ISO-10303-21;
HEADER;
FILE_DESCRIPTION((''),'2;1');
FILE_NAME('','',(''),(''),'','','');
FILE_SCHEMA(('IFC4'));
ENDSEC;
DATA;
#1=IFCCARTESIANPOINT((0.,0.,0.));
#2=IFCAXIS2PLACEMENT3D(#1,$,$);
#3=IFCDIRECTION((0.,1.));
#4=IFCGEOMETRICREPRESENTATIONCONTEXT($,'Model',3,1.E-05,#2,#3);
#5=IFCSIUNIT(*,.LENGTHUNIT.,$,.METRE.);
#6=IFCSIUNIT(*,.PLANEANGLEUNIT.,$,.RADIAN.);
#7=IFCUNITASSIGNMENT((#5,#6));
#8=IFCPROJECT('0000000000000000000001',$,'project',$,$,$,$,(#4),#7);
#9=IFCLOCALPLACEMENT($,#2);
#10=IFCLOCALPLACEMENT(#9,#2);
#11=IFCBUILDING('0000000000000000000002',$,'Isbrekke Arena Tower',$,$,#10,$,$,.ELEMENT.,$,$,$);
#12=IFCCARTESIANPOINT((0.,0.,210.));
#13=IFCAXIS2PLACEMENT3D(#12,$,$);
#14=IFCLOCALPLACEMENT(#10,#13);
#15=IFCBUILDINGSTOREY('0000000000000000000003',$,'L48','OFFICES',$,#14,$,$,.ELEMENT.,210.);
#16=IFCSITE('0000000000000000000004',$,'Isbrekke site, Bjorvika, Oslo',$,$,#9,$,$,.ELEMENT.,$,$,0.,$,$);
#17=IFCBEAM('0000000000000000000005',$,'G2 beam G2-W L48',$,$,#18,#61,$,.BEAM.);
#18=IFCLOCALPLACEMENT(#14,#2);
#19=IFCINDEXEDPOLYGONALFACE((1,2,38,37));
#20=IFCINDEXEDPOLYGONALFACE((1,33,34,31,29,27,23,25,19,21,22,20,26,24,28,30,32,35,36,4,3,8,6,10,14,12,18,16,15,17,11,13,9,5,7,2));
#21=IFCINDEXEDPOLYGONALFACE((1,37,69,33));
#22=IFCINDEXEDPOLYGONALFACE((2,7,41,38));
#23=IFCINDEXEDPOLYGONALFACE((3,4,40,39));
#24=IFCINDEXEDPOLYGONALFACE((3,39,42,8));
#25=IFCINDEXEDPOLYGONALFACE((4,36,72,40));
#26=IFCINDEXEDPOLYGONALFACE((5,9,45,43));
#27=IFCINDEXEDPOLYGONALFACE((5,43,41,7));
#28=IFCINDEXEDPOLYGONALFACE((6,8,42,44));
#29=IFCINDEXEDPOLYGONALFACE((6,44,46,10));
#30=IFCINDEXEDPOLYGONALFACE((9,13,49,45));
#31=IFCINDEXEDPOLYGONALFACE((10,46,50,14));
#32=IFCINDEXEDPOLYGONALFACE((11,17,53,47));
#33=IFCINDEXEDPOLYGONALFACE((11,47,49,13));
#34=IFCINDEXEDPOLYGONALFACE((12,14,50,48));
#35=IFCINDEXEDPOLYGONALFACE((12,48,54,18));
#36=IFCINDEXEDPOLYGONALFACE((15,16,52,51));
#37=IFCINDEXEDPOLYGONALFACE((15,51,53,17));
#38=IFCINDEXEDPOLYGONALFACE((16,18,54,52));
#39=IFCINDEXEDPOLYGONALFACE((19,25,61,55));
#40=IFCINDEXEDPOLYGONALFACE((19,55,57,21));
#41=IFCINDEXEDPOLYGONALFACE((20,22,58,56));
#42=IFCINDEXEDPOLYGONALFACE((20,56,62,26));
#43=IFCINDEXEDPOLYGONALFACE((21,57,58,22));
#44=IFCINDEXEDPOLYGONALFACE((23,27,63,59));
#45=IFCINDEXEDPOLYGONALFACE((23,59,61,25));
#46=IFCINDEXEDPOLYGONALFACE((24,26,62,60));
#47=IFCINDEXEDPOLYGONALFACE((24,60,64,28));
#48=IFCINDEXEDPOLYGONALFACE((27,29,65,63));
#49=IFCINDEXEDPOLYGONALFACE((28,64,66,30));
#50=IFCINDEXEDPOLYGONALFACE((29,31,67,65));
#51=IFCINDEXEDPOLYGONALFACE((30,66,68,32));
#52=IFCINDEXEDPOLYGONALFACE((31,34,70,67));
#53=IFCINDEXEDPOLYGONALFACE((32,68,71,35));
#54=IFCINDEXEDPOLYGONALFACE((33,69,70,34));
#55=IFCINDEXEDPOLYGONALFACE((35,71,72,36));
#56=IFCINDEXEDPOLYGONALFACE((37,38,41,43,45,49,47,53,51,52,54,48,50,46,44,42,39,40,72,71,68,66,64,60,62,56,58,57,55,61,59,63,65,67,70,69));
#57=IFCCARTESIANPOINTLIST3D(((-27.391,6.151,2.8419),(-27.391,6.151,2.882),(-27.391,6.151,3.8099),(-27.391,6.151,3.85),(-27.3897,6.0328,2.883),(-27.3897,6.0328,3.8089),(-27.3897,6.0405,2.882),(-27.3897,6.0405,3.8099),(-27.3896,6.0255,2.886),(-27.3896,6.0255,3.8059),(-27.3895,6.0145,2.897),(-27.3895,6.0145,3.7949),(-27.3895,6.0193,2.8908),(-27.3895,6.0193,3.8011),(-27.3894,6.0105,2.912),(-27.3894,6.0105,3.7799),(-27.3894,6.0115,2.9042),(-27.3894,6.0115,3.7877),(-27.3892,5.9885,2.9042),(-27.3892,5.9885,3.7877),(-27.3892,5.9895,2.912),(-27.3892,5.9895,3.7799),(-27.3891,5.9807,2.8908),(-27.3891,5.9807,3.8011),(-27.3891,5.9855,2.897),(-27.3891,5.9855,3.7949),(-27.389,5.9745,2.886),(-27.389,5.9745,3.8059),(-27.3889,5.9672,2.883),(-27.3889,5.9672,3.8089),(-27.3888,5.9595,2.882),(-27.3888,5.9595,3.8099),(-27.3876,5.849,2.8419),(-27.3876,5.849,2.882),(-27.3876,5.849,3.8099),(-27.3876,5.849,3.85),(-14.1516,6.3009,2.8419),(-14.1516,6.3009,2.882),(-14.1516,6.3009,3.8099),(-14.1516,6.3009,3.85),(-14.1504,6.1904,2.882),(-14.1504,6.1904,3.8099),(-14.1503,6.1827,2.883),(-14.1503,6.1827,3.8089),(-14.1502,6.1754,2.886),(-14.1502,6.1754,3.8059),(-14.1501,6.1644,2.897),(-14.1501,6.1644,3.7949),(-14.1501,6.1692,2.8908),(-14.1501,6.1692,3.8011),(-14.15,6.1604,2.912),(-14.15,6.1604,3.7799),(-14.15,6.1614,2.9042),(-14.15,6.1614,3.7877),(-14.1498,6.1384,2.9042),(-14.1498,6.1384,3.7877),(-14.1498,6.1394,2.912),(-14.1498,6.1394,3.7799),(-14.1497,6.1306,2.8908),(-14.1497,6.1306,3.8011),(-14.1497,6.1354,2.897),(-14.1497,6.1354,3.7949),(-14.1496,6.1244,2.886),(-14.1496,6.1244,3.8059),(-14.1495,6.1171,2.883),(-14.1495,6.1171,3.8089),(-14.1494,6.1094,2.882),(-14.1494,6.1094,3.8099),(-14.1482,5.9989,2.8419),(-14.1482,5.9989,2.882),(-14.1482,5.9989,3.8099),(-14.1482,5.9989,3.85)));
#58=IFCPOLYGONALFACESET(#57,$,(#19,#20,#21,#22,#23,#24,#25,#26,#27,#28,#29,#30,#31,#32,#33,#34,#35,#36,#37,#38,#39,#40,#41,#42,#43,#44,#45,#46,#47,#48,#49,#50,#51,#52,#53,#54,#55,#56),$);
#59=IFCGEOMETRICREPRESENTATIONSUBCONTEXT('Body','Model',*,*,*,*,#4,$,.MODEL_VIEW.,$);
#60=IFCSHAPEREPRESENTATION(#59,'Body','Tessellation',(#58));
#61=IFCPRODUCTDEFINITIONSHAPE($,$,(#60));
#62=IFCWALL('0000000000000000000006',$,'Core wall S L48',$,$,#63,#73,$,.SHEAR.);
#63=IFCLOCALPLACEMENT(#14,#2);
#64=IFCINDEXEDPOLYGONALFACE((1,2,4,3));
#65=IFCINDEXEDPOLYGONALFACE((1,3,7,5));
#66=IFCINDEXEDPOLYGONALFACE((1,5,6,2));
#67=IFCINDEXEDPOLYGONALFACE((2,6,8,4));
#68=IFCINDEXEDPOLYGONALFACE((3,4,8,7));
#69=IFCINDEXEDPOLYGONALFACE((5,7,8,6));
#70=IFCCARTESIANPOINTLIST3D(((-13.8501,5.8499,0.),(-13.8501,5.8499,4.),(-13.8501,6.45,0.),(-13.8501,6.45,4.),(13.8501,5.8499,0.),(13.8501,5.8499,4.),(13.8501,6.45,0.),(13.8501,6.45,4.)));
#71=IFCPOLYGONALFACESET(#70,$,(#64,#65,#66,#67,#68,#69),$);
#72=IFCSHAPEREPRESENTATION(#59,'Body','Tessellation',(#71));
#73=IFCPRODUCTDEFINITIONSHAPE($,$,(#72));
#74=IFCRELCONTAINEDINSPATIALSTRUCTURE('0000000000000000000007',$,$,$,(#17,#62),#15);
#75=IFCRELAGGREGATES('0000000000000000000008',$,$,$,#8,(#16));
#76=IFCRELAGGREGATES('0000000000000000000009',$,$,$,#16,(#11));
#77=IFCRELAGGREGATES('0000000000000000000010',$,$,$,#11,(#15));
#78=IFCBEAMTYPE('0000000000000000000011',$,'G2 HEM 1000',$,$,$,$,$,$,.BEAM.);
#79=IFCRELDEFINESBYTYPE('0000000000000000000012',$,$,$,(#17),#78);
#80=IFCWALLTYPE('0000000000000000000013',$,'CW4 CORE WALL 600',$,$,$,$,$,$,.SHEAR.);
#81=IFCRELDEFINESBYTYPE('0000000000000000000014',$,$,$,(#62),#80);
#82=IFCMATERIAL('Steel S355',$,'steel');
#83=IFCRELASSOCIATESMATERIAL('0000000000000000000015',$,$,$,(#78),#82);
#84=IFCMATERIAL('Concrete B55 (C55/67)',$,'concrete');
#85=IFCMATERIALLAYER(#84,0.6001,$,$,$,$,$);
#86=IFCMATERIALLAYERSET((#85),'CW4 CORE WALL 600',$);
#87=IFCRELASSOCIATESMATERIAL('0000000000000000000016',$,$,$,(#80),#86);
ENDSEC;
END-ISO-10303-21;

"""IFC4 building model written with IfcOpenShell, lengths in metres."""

from ifc_helpers import new_model, si_unit, direction, frame, frame_2d, origin, origin_2d, place, context, subcontext, project, spatial, rectangle, i_section, extrude, material, layer, layer_set, material_profile, profile_set, type_object, element, save


model = new_model("IFC4")

# Units and contexts
model_context = context("Model", 3, precision=1e-05, world=origin(), true_north=direction((0.0, 1.0)))
body_context = subcontext(model_context, "Body", "Model", "MODEL_VIEW")
ifc_project = project(units=[si_unit("LENGTHUNIT", "METRE"), si_unit("PLANEANGLEUNIT", "RADIAN")], contexts=[model_context])

# Site, building, storey
site_placement = place(None, origin())
site = spatial("IfcSite", under=ifc_project, at=site_placement, Name="Isbrekke site, Bjorvika, Oslo", CompositionType="ELEMENT", RefElevation=0.0)
building_placement = place(site_placement, origin())
building = spatial("IfcBuilding", under=site, at=building_placement, Name="Isbrekke Arena Tower", CompositionType="ELEMENT")
storey_placement = place(building_placement, frame((0.0, 0.0, 210.0)))
storey = spatial("IfcBuildingStorey", under=building, at=storey_placement, Name="L48", Description="OFFICES", CompositionType="ELEMENT", Elevation=210.0)

# Beam
ifc_material_1 = material(Name="Steel S355", Category="steel")
ifc_material_profile = material_profile(ifc_material_1, i_section(OverallWidth=0.302, OverallDepth=1.0081, WebThickness=0.021, FlangeThickness=0.04, FilletRadius=0.03, at=origin_2d()), Name="HEM 1000")
ifc_profile_set = profile_set([ifc_material_profile], Name="Steel S355")
beam_type = type_object("IfcBeamType", Name="G2 HEM 1000", PredefinedType="BEAM", material=ifc_profile_set)
beam_placement = place(storey_placement, frame((-14.1499, 6.1499, 3.3459), z_axis=(-0.999936, -0.011322, 0.0), x_axis=(0.011322, -0.999936, 0.0)))
element("IfcBeam", 1, at=beam_placement, inside=storey, type_object=beam_type, Name="G2 beam G2-W L48", PredefinedType="BEAM", context=body_context, shape_type="SweptSolid", body=[
    extrude(i_section(OverallWidth=0.302, OverallDepth=1.0081, WebThickness=0.021, FlangeThickness=0.04, FilletRadius=0.03, at=origin_2d()), origin(), (0.0, 0.0, 1.0), 13.2402),
])

# Wall
ifc_material_2 = material(Name="Concrete B55 (C55/67)", Category="concrete")
ifc_layer_1 = layer(ifc_material_2, 0.6001)
ifc_layer_set_1 = layer_set([ifc_layer_1], Name="CW4 CORE WALL 600")
wall_type_1 = type_object("IfcWallType", Name="CW4 CORE WALL 600", PredefinedType="SHEAR", material=ifc_layer_set_1)
wall_1_placement = place(storey_placement, frame((-13.8501, 6.1499, 0.0), z_axis=(0.0, 0.0, 1.0), x_axis=(1.0, 0.0, 0.0)))
element("IfcWall", 2, at=wall_1_placement, inside=storey, type_object=wall_type_1, Name="Core wall S L48", PredefinedType="SHEAR", context=body_context, shape_type="SweptSolid", body=[
    extrude(rectangle(XDim=27.7002, YDim=0.6001, at=frame_2d((13.8501, 0.0))), origin(), (0.0, 0.0, 1.0), 4.0),
])

save(model, "model.ifc")
